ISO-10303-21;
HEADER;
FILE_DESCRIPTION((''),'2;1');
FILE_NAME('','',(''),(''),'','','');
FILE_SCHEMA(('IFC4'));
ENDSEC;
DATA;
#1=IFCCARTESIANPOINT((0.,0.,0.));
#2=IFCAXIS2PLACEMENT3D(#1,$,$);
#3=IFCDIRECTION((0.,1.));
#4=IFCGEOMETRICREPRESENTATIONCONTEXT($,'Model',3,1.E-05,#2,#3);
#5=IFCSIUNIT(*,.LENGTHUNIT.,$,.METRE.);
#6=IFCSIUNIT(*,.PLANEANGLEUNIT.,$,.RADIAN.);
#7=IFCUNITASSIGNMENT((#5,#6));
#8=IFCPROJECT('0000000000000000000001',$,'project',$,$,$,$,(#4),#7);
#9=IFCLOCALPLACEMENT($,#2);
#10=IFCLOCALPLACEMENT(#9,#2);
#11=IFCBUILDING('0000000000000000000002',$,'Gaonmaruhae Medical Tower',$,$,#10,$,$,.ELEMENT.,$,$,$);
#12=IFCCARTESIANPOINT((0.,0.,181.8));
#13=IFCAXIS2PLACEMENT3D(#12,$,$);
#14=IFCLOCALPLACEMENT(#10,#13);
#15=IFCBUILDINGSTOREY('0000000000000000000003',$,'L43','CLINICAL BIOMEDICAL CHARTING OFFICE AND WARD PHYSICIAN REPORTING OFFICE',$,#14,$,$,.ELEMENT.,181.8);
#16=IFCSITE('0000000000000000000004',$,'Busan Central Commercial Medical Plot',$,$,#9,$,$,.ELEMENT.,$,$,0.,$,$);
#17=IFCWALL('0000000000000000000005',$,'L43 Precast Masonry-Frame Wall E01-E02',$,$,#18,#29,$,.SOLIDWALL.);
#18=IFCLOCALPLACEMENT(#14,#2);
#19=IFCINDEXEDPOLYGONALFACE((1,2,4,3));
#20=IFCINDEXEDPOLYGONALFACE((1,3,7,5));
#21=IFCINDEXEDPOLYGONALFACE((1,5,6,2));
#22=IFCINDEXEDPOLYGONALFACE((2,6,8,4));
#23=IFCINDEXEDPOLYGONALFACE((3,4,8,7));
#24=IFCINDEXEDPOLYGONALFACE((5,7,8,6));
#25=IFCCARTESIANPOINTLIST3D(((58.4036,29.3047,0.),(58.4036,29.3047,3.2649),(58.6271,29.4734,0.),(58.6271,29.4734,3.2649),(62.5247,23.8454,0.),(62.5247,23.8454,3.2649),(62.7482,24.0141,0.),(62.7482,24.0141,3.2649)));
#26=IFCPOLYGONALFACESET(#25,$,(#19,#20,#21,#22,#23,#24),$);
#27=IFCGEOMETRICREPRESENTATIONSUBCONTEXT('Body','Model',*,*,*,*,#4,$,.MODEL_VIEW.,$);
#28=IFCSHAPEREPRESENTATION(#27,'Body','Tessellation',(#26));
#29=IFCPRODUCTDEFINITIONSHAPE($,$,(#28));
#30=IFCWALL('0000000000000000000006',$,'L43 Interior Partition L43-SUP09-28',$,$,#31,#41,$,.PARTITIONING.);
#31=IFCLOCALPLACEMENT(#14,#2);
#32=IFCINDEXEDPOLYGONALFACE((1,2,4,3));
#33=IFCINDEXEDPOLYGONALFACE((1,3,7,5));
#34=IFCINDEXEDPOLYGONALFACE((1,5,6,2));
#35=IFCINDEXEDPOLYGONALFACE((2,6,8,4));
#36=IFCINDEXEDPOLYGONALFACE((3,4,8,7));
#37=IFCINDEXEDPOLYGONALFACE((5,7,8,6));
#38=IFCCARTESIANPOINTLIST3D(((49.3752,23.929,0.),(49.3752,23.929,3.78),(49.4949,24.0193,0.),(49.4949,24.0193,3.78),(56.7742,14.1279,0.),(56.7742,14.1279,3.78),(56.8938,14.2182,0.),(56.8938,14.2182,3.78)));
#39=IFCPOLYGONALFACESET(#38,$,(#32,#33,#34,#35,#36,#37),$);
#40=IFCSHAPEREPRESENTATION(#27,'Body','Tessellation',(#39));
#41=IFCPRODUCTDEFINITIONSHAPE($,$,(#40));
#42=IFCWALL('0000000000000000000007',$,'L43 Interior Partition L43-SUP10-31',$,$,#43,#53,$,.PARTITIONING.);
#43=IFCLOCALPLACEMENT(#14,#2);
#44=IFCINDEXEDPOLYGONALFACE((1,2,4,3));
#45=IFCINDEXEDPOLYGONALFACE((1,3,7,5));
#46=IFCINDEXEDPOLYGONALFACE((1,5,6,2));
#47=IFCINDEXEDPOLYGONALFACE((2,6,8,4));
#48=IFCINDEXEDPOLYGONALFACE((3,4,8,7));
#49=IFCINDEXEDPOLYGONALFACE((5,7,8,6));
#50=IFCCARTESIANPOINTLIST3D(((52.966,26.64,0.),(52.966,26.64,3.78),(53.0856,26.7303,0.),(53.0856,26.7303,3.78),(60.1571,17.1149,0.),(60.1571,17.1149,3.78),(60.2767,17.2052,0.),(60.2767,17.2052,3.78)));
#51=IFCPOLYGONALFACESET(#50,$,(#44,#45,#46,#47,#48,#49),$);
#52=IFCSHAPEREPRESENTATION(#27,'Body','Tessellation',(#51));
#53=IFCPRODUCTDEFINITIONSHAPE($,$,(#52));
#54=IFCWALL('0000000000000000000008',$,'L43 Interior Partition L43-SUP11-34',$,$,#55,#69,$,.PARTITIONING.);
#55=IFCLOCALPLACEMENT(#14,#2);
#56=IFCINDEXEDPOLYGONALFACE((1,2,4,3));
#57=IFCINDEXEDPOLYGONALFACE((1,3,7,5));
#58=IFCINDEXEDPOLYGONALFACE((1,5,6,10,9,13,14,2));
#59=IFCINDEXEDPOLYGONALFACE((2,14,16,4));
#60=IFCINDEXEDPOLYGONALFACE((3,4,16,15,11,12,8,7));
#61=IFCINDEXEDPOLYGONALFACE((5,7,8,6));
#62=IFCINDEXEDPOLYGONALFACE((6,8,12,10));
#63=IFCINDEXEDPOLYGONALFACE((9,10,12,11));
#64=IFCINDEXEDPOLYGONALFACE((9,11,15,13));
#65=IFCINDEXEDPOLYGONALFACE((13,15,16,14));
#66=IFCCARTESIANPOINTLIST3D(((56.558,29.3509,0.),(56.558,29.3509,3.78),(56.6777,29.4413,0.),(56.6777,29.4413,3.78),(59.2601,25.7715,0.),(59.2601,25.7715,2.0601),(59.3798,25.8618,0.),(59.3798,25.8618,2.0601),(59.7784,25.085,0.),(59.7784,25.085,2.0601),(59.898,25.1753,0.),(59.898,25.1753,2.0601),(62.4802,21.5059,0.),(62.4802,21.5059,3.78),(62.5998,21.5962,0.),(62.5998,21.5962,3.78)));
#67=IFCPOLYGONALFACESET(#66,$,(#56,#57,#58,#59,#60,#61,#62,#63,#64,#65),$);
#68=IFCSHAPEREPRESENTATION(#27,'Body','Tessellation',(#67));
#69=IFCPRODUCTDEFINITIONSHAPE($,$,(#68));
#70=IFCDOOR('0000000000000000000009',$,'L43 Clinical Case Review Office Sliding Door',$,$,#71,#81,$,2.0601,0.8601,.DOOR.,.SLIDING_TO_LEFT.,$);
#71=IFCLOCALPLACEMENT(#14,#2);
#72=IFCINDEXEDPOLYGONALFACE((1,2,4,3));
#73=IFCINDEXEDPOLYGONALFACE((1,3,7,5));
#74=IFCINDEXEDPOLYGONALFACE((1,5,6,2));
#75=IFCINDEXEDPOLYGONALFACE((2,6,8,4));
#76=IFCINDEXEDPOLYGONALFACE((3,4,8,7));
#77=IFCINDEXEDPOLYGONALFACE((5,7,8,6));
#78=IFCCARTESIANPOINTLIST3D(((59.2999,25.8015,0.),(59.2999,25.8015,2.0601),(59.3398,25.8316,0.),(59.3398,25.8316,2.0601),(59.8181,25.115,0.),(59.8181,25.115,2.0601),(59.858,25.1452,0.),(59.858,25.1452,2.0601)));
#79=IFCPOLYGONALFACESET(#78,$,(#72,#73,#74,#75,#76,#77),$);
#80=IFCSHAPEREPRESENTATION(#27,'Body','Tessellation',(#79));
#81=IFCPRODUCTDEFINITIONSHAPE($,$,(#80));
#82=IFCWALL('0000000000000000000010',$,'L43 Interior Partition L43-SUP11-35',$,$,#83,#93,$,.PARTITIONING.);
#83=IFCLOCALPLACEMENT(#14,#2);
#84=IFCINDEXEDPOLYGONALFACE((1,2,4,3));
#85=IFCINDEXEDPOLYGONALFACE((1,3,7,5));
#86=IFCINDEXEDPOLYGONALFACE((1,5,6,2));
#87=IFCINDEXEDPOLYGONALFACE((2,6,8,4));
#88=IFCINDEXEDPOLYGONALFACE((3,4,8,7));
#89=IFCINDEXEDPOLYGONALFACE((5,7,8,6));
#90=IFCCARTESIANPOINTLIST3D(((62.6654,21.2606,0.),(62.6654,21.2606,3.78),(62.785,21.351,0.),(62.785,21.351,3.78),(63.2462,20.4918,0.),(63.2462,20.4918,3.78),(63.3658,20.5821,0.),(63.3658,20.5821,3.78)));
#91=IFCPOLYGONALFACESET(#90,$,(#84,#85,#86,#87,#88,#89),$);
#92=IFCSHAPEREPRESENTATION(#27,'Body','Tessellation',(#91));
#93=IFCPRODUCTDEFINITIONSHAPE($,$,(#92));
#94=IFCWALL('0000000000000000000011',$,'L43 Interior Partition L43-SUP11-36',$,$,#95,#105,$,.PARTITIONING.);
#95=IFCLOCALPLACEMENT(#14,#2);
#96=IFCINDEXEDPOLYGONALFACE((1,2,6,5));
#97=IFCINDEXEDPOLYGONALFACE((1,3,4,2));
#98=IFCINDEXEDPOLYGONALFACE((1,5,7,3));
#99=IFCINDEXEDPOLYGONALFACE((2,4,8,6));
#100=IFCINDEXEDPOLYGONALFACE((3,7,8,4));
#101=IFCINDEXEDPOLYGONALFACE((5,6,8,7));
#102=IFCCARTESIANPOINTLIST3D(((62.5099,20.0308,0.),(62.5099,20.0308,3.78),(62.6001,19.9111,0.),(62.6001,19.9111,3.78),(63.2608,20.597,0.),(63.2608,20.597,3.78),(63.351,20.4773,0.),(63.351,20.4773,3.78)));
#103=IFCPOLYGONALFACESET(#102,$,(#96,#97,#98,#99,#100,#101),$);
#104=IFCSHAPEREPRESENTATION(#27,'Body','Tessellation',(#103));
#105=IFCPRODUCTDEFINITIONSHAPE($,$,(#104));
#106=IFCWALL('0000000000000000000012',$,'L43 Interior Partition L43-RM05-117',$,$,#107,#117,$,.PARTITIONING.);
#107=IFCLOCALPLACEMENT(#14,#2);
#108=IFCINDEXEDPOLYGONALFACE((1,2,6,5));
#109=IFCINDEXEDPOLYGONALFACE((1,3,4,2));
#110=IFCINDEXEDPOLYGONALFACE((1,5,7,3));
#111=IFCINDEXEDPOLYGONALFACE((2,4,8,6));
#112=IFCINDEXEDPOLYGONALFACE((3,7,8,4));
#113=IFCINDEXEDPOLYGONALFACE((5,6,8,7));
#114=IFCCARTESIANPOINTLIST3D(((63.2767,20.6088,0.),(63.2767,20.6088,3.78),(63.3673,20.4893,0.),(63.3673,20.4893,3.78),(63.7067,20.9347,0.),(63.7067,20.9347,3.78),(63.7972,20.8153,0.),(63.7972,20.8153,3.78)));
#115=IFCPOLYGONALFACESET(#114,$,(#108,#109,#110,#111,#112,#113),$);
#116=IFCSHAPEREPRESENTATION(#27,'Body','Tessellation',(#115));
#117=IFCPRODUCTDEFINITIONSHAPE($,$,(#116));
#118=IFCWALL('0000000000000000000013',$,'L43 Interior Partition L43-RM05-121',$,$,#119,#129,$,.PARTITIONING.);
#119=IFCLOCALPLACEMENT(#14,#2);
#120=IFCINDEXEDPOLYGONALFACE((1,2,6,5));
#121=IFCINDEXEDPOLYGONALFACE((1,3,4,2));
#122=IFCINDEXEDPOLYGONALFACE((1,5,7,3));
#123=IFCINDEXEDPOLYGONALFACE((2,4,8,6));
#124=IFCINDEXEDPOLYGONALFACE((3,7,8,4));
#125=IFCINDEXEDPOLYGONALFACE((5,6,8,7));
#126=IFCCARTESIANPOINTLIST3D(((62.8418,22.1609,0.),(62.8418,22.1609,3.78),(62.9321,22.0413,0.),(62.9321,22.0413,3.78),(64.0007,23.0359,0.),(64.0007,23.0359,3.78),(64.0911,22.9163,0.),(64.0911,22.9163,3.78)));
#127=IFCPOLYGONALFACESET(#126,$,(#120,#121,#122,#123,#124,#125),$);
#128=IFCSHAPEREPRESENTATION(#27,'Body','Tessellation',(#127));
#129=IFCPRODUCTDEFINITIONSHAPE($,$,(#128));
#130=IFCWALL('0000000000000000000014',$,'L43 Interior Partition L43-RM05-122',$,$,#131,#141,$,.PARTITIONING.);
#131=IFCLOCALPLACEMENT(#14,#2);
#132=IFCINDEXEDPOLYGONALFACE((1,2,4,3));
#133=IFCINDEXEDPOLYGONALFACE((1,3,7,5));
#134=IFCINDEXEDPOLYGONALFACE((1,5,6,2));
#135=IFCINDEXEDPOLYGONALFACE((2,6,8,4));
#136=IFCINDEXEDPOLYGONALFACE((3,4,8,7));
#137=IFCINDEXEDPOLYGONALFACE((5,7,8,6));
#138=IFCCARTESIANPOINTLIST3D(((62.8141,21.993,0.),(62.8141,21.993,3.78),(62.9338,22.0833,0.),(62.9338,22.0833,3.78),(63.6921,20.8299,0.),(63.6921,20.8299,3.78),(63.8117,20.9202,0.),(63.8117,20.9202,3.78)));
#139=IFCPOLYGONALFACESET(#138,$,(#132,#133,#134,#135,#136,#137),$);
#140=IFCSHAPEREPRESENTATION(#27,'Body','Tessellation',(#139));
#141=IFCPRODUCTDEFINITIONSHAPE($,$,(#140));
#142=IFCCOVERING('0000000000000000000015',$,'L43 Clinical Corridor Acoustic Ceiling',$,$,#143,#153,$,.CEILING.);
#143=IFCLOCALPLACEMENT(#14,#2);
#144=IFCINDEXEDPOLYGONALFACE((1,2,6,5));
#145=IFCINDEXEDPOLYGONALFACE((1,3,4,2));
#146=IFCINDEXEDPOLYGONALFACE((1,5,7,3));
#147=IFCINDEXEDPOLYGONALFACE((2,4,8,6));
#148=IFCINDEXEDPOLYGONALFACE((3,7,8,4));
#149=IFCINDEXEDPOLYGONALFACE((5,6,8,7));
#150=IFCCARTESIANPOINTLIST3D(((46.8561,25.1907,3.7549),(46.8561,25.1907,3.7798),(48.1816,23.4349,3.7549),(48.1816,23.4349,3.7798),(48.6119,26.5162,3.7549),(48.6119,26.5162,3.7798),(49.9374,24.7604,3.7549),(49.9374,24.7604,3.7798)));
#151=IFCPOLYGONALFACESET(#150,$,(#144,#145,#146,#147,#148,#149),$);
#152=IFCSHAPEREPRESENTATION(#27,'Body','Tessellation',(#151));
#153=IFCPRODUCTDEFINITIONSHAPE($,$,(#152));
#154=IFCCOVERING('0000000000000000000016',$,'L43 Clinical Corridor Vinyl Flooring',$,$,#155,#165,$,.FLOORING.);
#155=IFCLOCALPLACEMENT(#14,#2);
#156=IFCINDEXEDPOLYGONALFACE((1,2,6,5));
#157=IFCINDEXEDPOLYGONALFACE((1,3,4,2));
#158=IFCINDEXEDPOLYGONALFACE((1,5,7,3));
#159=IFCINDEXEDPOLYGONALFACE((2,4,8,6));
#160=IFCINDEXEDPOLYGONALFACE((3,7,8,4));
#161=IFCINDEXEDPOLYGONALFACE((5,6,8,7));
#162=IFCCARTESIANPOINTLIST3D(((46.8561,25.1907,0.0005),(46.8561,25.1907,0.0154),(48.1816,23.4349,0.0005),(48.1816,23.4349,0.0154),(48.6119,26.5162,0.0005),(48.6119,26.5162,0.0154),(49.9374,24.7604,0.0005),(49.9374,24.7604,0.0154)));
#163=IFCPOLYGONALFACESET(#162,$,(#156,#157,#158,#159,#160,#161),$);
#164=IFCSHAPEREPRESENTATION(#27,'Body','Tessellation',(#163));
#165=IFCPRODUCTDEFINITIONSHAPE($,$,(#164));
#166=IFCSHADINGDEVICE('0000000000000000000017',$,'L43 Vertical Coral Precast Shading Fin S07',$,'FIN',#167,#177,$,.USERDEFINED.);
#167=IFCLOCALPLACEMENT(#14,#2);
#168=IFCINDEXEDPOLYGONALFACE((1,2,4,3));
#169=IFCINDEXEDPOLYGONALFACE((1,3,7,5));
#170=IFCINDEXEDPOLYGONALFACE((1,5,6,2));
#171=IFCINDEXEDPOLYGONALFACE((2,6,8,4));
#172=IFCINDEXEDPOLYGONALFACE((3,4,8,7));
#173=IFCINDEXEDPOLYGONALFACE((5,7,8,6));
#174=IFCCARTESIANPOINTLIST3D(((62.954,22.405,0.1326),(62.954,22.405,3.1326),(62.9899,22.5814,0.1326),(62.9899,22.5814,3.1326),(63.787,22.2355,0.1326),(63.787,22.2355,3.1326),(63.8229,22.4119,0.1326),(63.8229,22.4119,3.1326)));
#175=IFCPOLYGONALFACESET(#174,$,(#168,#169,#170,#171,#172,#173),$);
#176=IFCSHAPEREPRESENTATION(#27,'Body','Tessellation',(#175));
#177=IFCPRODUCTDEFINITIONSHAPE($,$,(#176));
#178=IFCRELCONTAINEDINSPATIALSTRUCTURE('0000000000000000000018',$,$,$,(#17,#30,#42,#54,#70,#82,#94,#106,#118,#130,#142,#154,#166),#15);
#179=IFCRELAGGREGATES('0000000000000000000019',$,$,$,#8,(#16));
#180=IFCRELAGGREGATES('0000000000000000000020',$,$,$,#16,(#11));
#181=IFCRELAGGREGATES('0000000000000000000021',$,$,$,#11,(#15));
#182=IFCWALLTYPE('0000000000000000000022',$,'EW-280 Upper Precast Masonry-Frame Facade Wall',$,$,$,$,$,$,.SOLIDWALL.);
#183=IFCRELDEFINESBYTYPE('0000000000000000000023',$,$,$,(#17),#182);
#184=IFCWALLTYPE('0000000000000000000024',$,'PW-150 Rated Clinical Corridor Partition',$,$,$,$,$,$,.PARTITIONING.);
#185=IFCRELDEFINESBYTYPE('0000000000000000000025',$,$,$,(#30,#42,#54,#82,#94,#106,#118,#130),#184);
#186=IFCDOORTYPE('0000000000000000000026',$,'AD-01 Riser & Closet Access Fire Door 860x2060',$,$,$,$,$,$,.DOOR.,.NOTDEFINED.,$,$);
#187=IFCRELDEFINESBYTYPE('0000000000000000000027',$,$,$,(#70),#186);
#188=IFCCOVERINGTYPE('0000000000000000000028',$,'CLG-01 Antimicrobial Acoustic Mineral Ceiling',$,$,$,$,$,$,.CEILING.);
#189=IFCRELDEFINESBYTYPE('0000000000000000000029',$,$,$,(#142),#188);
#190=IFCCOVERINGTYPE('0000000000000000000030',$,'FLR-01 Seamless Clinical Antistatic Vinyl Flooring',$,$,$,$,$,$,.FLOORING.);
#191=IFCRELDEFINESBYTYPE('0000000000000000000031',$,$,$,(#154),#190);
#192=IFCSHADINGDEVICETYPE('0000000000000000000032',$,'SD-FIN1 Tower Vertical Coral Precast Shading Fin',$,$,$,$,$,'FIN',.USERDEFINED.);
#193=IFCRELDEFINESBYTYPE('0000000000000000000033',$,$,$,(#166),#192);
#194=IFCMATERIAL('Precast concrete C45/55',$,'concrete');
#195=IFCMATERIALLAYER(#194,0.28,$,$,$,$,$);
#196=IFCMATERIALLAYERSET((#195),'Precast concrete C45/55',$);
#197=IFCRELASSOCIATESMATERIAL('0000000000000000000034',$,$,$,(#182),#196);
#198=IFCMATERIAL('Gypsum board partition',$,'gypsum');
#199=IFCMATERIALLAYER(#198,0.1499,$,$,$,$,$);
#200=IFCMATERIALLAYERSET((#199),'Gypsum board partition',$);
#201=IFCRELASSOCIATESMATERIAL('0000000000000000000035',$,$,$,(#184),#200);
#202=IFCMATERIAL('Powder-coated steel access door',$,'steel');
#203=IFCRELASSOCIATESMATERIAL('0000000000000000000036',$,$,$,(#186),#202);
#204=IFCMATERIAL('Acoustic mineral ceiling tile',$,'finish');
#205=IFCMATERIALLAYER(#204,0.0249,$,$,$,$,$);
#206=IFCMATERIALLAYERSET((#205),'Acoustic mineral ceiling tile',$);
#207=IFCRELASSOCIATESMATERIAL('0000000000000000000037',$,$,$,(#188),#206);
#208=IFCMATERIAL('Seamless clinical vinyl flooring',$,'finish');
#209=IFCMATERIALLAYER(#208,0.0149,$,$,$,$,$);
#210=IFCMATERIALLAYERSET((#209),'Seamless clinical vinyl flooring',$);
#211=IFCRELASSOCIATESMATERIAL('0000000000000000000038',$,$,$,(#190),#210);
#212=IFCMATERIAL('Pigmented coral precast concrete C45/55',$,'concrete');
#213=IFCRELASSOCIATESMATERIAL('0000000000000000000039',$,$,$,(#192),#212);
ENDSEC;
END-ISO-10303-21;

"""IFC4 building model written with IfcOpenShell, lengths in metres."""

from ifc_helpers import new_model, si_unit, direction, frame, frame_2d, origin, origin_2d, place, context, subcontext, project, spatial, rectangle, extrude, material, layer, layer_set, type_object, element, fill, save


model = new_model("IFC4")

# Units and contexts
model_context = context("Model", 3, precision=1e-05, world=origin(), true_north=direction((0.0, 1.0)))
body_context = subcontext(model_context, "Body", "Model", "MODEL_VIEW")
ifc_project = project(units=[si_unit("LENGTHUNIT", "METRE"), si_unit("PLANEANGLEUNIT", "RADIAN")], contexts=[model_context])

# Site, building, storey
site_placement = place(None, origin())
site = spatial("IfcSite", under=ifc_project, at=site_placement, Name="Busan Central Commercial Medical Plot", CompositionType="ELEMENT", RefElevation=0.0)
building_placement = place(site_placement, origin())
building = spatial("IfcBuilding", under=site, at=building_placement, Name="Gaonmaruhae Medical Tower", CompositionType="ELEMENT")
storey_placement = place(building_placement, frame((0.0, 0.0, 181.8)))
storey = spatial("IfcBuildingStorey", under=building, at=storey_placement, Name="L43", Description="CLINICAL BIOMEDICAL CHARTING OFFICE AND WARD PHYSICIAN REPORTING OFFICE", CompositionType="ELEMENT", Elevation=181.8)

# Walls
ifc_material_1 = material(Name="Precast concrete C45/55", Category="concrete")
ifc_layer_1 = layer(ifc_material_1, 0.28)
ifc_layer_set_1 = layer_set([ifc_layer_1], Name="Precast concrete C45/55")
wall_type_1 = type_object("IfcWallType", Name="EW-280 Upper Precast Masonry-Frame Facade Wall", PredefinedType="SOLIDWALL", material=ifc_layer_set_1)
wall_1_placement = place(storey_placement, frame((58.5154, 29.3889, 0.0), z_axis=(0.0, 0.0, 1.0), x_axis=(0.602493, -0.798124, 0.0)))
element("IfcWall", 1, at=wall_1_placement, inside=storey, type_object=wall_type_1, Name="L43 Precast Masonry-Frame Wall E01-E02", PredefinedType="SOLIDWALL", context=body_context, shape_type="SweptSolid", body=[
    extrude(rectangle(XDim=6.8401, YDim=0.28, at=frame_2d((3.4199, 0.0))), origin(), (0.0, 0.0, 1.0), 3.2649),
])
ifc_material_2 = material(Name="Gypsum board partition", Category="gypsum")
ifc_layer_2 = layer(ifc_material_2, 0.1499)
ifc_layer_set_2 = layer_set([ifc_layer_2], Name="Gypsum board partition")
wall_type_2 = type_object("IfcWallType", Name="PW-150 Rated Clinical Corridor Partition", PredefinedType="PARTITIONING", material=ifc_layer_set_2)
wall_2_placement = place(storey_placement, frame((49.4351, 23.9741, 0.0), z_axis=(0.0, 0.0, 1.0), x_axis=(0.602507, -0.798114, 0.0)))
element("IfcWall", 2, at=wall_2_placement, inside=storey, type_object=wall_type_2, Name="L43 Interior Partition L43-SUP09-28", PredefinedType="PARTITIONING", context=body_context, shape_type="SweptSolid", body=[
    extrude(rectangle(XDim=12.2803, YDim=0.1499, at=frame_2d((6.1401, 0.0))), origin(), (0.0, 0.0, 1.0), 3.78),
])

# Wall
wall_3_placement = place(storey_placement, frame((53.0259, 26.6851, 0.0), z_axis=(0.0, 0.0, 1.0), x_axis=(0.602534, -0.798094, 0.0)))
element("IfcWall", 3, at=wall_3_placement, inside=storey, type_object=wall_type_2, Name="L43 Interior Partition L43-SUP10-31", PredefinedType="PARTITIONING", context=body_context, shape_type="SweptSolid", body=[
    extrude(rectangle(XDim=11.9348, YDim=0.1499, at=frame_2d((5.9673, 0.0))), origin(), (0.0, 0.0, 1.0), 3.78),
])

# Wall, opening, door
wall_4_placement = place(storey_placement, frame((56.6179, 29.396, 0.0), z_axis=(0.0, 0.0, 1.0), x_axis=(0.602497, -0.798121, 0.0)))
wall_4 = element("IfcWall", 4, at=wall_4_placement, inside=storey, type_object=wall_type_2, Name="L43 Interior Partition L43-SUP11-34", PredefinedType="PARTITIONING", context=body_context, shape_type="SweptSolid", body=[
    extrude(rectangle(XDim=9.8293, YDim=0.1499, at=frame_2d((4.9146, 0.0))), origin(), (0.0, 0.0, 1.0), 3.78),
])
opening_1_placement = place(wall_4_placement, frame((4.4846, 0.0, 0.0)))
opening_1 = element("IfcOpeningElement", 5, at=opening_1_placement, cuts=wall_4, PredefinedType="OPENING", context=body_context, shape_type="SweptSolid", body=[
    extrude(rectangle(XDim=0.8601, YDim=2.0601, at=frame_2d((0.4302, 1.03))), frame((0.0, 0.085, 0.0), z_axis=(0.0, -1.0, 0.0), x_axis=(1.0, 0.0, 0.0)), (0.0, 0.0, 1.0), 0.1699),
])
ifc_material_3 = material(Name="Powder-coated steel access door", Category="steel")
door_type_1 = type_object("IfcDoorType", Name="AD-01 Riser & Closet Access Fire Door 860x2060", OperationType="NOTDEFINED", PredefinedType="DOOR", material=ifc_material_3)
door_1_placement = place(opening_1_placement, origin())
door_1 = element("IfcDoor", 6, at=door_1_placement, inside=storey, type_object=door_type_1, Name="L43 Clinical Case Review Office Sliding Door", OperationType="SLIDING_TO_LEFT", OverallHeight=2.0601, OverallWidth=0.8601, PredefinedType="DOOR", context=body_context, shape_type="SweptSolid", body=[
    extrude(rectangle(XDim=0.8601, YDim=2.0601, at=frame_2d((0.4302, 1.03))), frame((0.0, 0.0249, 0.0), z_axis=(0.0, -1.0, 0.0), x_axis=(1.0, 0.0, 0.0)), (0.0, 0.0, 1.0), 0.05),
])
fill(opening_1, door_1)

# Walls
wall_5_placement = place(storey_placement, frame((62.7251, 21.3059, 0.0), z_axis=(0.0, 0.0, 1.0), x_axis=(0.602794, -0.797897, 0.0)))
element("IfcWall", 7, at=wall_5_placement, inside=storey, type_object=wall_type_2, Name="L43 Interior Partition L43-SUP11-35", PredefinedType="PARTITIONING", context=body_context, shape_type="SweptSolid", body=[
    extrude(rectangle(XDim=0.9636, YDim=0.1499, at=frame_2d((0.4819, 0.0))), origin(), (0.0, 0.0, 1.0), 3.78),
])
wall_6_placement = place(storey_placement, frame((63.3059, 20.5371, 0.0), z_axis=(0.0, 0.0, 1.0), x_axis=(-0.798502, -0.601992, 0.0)))
element("IfcWall", 8, at=wall_6_placement, inside=storey, type_object=wall_type_2, Name="L43 Interior Partition L43-SUP11-36", PredefinedType="PARTITIONING", context=body_context, shape_type="SweptSolid", body=[
    extrude(rectangle(XDim=0.9404, YDim=0.1499, at=frame_2d((0.4702, 0.0))), origin(), (0.0, 0.0, 1.0), 3.78),
])
wall_7_placement = place(storey_placement, frame((63.752, 20.875, 0.0), z_axis=(0.0, 0.0, 1.0), x_axis=(-0.796894, -0.604119, 0.0)))
element("IfcWall", 9, at=wall_7_placement, inside=storey, type_object=wall_type_2, Name="L43 Interior Partition L43-RM05-117", PredefinedType="PARTITIONING", context=body_context, shape_type="SweptSolid", body=[
    extrude(rectangle(XDim=0.5396, YDim=0.1499, at=frame_2d((0.2698, 0.0))), origin(), (0.0, 0.0, 1.0), 3.78),
])
wall_8_placement = place(storey_placement, frame((64.0459, 22.9761, 0.0), z_axis=(0.0, 0.0, 1.0), x_axis=(-0.798079, -0.602552, 0.0)))
element("IfcWall", 10, at=wall_8_placement, inside=storey, type_object=wall_type_2, Name="L43 Interior Partition L43-RM05-121", PredefinedType="PARTITIONING", context=body_context, shape_type="SweptSolid", body=[
    extrude(rectangle(XDim=1.4521, YDim=0.1499, at=frame_2d((0.7261, 0.0))), origin(), (0.0, 0.0, 1.0), 3.78),
])
wall_9_placement = place(storey_placement, frame((62.874, 22.0381, 0.0), z_axis=(0.0, 0.0, 1.0), x_axis=(0.602463, -0.798147, 0.0)))
element("IfcWall", 11, at=wall_9_placement, inside=storey, type_object=wall_type_2, Name="L43 Interior Partition L43-RM05-122", PredefinedType="PARTITIONING", context=body_context, shape_type="SweptSolid", body=[
    extrude(rectangle(XDim=1.4573, YDim=0.1499, at=frame_2d((0.7285, 0.0))), origin(), (0.0, 0.0, 1.0), 3.78),
])

# Coverings
ifc_material_4 = material(Name="Acoustic mineral ceiling tile", Category="finish")
ifc_layer_3 = layer(ifc_material_4, 0.0249)
ifc_layer_set_3 = layer_set([ifc_layer_3], Name="Acoustic mineral ceiling tile")
covering_type_1 = type_object("IfcCoveringType", Name="CLG-01 Antimicrobial Acoustic Mineral Ceiling", PredefinedType="CEILING", material=ifc_layer_set_3)
covering_1_placement = place(storey_placement, frame((48.3967, 24.9756, 3.7549), z_axis=(0.0, 0.0, 1.0), x_axis=(0.79811, 0.602512, 0.0)))
element("IfcCovering", 12, at=covering_1_placement, inside=storey, type_object=covering_type_1, Name="L43 Clinical Corridor Acoustic Ceiling", PredefinedType="CEILING", context=body_context, shape_type="SweptSolid", body=[
    extrude(rectangle(XDim=2.2, YDim=2.2, at=origin_2d()), origin(), (0.0, 0.0, 1.0), 0.0249),
])
ifc_material_5 = material(Name="Seamless clinical vinyl flooring", Category="finish")
ifc_layer_4 = layer(ifc_material_5, 0.0149)
ifc_layer_set_4 = layer_set([ifc_layer_4], Name="Seamless clinical vinyl flooring")
covering_type_2 = type_object("IfcCoveringType", Name="FLR-01 Seamless Clinical Antistatic Vinyl Flooring", PredefinedType="FLOORING", material=ifc_layer_set_4)
covering_2_placement = place(storey_placement, frame((48.3967, 24.9756, 0.0005), z_axis=(0.0, 0.0, 1.0), x_axis=(0.79811, 0.602512, 0.0)))
element("IfcCovering", 13, at=covering_2_placement, inside=storey, type_object=covering_type_2, Name="L43 Clinical Corridor Vinyl Flooring", PredefinedType="FLOORING", context=body_context, shape_type="SweptSolid", body=[
    extrude(rectangle(XDim=2.2, YDim=2.2, at=origin_2d()), origin(), (0.0, 0.0, 1.0), 0.0149),
])

# Shading device
ifc_material_6 = material(Name="Pigmented coral precast concrete C45/55", Category="concrete")
shading_device_type = type_object("IfcShadingDeviceType", Name="SD-FIN1 Tower Vertical Coral Precast Shading Fin", ElementType="FIN", PredefinedType="USERDEFINED", material=ifc_material_6)
shading_device_placement = place(storey_placement, frame((63.3884, 22.4084, 0.1326), z_axis=(0.0, 0.0, 1.0), x_axis=(-0.199402, -0.979918, 0.0)))
element("IfcShadingDevice", 14, at=shading_device_placement, inside=storey, type_object=shading_device_type, Name="L43 Vertical Coral Precast Shading Fin S07", ObjectType="FIN", PredefinedType="USERDEFINED", context=body_context, shape_type="SweptSolid", body=[
    extrude(rectangle(XDim=0.1799, YDim=0.8501, at=origin_2d()), origin(), (0.0, 0.0, 1.0), 3.0),
])

save(model, "model.ifc")
